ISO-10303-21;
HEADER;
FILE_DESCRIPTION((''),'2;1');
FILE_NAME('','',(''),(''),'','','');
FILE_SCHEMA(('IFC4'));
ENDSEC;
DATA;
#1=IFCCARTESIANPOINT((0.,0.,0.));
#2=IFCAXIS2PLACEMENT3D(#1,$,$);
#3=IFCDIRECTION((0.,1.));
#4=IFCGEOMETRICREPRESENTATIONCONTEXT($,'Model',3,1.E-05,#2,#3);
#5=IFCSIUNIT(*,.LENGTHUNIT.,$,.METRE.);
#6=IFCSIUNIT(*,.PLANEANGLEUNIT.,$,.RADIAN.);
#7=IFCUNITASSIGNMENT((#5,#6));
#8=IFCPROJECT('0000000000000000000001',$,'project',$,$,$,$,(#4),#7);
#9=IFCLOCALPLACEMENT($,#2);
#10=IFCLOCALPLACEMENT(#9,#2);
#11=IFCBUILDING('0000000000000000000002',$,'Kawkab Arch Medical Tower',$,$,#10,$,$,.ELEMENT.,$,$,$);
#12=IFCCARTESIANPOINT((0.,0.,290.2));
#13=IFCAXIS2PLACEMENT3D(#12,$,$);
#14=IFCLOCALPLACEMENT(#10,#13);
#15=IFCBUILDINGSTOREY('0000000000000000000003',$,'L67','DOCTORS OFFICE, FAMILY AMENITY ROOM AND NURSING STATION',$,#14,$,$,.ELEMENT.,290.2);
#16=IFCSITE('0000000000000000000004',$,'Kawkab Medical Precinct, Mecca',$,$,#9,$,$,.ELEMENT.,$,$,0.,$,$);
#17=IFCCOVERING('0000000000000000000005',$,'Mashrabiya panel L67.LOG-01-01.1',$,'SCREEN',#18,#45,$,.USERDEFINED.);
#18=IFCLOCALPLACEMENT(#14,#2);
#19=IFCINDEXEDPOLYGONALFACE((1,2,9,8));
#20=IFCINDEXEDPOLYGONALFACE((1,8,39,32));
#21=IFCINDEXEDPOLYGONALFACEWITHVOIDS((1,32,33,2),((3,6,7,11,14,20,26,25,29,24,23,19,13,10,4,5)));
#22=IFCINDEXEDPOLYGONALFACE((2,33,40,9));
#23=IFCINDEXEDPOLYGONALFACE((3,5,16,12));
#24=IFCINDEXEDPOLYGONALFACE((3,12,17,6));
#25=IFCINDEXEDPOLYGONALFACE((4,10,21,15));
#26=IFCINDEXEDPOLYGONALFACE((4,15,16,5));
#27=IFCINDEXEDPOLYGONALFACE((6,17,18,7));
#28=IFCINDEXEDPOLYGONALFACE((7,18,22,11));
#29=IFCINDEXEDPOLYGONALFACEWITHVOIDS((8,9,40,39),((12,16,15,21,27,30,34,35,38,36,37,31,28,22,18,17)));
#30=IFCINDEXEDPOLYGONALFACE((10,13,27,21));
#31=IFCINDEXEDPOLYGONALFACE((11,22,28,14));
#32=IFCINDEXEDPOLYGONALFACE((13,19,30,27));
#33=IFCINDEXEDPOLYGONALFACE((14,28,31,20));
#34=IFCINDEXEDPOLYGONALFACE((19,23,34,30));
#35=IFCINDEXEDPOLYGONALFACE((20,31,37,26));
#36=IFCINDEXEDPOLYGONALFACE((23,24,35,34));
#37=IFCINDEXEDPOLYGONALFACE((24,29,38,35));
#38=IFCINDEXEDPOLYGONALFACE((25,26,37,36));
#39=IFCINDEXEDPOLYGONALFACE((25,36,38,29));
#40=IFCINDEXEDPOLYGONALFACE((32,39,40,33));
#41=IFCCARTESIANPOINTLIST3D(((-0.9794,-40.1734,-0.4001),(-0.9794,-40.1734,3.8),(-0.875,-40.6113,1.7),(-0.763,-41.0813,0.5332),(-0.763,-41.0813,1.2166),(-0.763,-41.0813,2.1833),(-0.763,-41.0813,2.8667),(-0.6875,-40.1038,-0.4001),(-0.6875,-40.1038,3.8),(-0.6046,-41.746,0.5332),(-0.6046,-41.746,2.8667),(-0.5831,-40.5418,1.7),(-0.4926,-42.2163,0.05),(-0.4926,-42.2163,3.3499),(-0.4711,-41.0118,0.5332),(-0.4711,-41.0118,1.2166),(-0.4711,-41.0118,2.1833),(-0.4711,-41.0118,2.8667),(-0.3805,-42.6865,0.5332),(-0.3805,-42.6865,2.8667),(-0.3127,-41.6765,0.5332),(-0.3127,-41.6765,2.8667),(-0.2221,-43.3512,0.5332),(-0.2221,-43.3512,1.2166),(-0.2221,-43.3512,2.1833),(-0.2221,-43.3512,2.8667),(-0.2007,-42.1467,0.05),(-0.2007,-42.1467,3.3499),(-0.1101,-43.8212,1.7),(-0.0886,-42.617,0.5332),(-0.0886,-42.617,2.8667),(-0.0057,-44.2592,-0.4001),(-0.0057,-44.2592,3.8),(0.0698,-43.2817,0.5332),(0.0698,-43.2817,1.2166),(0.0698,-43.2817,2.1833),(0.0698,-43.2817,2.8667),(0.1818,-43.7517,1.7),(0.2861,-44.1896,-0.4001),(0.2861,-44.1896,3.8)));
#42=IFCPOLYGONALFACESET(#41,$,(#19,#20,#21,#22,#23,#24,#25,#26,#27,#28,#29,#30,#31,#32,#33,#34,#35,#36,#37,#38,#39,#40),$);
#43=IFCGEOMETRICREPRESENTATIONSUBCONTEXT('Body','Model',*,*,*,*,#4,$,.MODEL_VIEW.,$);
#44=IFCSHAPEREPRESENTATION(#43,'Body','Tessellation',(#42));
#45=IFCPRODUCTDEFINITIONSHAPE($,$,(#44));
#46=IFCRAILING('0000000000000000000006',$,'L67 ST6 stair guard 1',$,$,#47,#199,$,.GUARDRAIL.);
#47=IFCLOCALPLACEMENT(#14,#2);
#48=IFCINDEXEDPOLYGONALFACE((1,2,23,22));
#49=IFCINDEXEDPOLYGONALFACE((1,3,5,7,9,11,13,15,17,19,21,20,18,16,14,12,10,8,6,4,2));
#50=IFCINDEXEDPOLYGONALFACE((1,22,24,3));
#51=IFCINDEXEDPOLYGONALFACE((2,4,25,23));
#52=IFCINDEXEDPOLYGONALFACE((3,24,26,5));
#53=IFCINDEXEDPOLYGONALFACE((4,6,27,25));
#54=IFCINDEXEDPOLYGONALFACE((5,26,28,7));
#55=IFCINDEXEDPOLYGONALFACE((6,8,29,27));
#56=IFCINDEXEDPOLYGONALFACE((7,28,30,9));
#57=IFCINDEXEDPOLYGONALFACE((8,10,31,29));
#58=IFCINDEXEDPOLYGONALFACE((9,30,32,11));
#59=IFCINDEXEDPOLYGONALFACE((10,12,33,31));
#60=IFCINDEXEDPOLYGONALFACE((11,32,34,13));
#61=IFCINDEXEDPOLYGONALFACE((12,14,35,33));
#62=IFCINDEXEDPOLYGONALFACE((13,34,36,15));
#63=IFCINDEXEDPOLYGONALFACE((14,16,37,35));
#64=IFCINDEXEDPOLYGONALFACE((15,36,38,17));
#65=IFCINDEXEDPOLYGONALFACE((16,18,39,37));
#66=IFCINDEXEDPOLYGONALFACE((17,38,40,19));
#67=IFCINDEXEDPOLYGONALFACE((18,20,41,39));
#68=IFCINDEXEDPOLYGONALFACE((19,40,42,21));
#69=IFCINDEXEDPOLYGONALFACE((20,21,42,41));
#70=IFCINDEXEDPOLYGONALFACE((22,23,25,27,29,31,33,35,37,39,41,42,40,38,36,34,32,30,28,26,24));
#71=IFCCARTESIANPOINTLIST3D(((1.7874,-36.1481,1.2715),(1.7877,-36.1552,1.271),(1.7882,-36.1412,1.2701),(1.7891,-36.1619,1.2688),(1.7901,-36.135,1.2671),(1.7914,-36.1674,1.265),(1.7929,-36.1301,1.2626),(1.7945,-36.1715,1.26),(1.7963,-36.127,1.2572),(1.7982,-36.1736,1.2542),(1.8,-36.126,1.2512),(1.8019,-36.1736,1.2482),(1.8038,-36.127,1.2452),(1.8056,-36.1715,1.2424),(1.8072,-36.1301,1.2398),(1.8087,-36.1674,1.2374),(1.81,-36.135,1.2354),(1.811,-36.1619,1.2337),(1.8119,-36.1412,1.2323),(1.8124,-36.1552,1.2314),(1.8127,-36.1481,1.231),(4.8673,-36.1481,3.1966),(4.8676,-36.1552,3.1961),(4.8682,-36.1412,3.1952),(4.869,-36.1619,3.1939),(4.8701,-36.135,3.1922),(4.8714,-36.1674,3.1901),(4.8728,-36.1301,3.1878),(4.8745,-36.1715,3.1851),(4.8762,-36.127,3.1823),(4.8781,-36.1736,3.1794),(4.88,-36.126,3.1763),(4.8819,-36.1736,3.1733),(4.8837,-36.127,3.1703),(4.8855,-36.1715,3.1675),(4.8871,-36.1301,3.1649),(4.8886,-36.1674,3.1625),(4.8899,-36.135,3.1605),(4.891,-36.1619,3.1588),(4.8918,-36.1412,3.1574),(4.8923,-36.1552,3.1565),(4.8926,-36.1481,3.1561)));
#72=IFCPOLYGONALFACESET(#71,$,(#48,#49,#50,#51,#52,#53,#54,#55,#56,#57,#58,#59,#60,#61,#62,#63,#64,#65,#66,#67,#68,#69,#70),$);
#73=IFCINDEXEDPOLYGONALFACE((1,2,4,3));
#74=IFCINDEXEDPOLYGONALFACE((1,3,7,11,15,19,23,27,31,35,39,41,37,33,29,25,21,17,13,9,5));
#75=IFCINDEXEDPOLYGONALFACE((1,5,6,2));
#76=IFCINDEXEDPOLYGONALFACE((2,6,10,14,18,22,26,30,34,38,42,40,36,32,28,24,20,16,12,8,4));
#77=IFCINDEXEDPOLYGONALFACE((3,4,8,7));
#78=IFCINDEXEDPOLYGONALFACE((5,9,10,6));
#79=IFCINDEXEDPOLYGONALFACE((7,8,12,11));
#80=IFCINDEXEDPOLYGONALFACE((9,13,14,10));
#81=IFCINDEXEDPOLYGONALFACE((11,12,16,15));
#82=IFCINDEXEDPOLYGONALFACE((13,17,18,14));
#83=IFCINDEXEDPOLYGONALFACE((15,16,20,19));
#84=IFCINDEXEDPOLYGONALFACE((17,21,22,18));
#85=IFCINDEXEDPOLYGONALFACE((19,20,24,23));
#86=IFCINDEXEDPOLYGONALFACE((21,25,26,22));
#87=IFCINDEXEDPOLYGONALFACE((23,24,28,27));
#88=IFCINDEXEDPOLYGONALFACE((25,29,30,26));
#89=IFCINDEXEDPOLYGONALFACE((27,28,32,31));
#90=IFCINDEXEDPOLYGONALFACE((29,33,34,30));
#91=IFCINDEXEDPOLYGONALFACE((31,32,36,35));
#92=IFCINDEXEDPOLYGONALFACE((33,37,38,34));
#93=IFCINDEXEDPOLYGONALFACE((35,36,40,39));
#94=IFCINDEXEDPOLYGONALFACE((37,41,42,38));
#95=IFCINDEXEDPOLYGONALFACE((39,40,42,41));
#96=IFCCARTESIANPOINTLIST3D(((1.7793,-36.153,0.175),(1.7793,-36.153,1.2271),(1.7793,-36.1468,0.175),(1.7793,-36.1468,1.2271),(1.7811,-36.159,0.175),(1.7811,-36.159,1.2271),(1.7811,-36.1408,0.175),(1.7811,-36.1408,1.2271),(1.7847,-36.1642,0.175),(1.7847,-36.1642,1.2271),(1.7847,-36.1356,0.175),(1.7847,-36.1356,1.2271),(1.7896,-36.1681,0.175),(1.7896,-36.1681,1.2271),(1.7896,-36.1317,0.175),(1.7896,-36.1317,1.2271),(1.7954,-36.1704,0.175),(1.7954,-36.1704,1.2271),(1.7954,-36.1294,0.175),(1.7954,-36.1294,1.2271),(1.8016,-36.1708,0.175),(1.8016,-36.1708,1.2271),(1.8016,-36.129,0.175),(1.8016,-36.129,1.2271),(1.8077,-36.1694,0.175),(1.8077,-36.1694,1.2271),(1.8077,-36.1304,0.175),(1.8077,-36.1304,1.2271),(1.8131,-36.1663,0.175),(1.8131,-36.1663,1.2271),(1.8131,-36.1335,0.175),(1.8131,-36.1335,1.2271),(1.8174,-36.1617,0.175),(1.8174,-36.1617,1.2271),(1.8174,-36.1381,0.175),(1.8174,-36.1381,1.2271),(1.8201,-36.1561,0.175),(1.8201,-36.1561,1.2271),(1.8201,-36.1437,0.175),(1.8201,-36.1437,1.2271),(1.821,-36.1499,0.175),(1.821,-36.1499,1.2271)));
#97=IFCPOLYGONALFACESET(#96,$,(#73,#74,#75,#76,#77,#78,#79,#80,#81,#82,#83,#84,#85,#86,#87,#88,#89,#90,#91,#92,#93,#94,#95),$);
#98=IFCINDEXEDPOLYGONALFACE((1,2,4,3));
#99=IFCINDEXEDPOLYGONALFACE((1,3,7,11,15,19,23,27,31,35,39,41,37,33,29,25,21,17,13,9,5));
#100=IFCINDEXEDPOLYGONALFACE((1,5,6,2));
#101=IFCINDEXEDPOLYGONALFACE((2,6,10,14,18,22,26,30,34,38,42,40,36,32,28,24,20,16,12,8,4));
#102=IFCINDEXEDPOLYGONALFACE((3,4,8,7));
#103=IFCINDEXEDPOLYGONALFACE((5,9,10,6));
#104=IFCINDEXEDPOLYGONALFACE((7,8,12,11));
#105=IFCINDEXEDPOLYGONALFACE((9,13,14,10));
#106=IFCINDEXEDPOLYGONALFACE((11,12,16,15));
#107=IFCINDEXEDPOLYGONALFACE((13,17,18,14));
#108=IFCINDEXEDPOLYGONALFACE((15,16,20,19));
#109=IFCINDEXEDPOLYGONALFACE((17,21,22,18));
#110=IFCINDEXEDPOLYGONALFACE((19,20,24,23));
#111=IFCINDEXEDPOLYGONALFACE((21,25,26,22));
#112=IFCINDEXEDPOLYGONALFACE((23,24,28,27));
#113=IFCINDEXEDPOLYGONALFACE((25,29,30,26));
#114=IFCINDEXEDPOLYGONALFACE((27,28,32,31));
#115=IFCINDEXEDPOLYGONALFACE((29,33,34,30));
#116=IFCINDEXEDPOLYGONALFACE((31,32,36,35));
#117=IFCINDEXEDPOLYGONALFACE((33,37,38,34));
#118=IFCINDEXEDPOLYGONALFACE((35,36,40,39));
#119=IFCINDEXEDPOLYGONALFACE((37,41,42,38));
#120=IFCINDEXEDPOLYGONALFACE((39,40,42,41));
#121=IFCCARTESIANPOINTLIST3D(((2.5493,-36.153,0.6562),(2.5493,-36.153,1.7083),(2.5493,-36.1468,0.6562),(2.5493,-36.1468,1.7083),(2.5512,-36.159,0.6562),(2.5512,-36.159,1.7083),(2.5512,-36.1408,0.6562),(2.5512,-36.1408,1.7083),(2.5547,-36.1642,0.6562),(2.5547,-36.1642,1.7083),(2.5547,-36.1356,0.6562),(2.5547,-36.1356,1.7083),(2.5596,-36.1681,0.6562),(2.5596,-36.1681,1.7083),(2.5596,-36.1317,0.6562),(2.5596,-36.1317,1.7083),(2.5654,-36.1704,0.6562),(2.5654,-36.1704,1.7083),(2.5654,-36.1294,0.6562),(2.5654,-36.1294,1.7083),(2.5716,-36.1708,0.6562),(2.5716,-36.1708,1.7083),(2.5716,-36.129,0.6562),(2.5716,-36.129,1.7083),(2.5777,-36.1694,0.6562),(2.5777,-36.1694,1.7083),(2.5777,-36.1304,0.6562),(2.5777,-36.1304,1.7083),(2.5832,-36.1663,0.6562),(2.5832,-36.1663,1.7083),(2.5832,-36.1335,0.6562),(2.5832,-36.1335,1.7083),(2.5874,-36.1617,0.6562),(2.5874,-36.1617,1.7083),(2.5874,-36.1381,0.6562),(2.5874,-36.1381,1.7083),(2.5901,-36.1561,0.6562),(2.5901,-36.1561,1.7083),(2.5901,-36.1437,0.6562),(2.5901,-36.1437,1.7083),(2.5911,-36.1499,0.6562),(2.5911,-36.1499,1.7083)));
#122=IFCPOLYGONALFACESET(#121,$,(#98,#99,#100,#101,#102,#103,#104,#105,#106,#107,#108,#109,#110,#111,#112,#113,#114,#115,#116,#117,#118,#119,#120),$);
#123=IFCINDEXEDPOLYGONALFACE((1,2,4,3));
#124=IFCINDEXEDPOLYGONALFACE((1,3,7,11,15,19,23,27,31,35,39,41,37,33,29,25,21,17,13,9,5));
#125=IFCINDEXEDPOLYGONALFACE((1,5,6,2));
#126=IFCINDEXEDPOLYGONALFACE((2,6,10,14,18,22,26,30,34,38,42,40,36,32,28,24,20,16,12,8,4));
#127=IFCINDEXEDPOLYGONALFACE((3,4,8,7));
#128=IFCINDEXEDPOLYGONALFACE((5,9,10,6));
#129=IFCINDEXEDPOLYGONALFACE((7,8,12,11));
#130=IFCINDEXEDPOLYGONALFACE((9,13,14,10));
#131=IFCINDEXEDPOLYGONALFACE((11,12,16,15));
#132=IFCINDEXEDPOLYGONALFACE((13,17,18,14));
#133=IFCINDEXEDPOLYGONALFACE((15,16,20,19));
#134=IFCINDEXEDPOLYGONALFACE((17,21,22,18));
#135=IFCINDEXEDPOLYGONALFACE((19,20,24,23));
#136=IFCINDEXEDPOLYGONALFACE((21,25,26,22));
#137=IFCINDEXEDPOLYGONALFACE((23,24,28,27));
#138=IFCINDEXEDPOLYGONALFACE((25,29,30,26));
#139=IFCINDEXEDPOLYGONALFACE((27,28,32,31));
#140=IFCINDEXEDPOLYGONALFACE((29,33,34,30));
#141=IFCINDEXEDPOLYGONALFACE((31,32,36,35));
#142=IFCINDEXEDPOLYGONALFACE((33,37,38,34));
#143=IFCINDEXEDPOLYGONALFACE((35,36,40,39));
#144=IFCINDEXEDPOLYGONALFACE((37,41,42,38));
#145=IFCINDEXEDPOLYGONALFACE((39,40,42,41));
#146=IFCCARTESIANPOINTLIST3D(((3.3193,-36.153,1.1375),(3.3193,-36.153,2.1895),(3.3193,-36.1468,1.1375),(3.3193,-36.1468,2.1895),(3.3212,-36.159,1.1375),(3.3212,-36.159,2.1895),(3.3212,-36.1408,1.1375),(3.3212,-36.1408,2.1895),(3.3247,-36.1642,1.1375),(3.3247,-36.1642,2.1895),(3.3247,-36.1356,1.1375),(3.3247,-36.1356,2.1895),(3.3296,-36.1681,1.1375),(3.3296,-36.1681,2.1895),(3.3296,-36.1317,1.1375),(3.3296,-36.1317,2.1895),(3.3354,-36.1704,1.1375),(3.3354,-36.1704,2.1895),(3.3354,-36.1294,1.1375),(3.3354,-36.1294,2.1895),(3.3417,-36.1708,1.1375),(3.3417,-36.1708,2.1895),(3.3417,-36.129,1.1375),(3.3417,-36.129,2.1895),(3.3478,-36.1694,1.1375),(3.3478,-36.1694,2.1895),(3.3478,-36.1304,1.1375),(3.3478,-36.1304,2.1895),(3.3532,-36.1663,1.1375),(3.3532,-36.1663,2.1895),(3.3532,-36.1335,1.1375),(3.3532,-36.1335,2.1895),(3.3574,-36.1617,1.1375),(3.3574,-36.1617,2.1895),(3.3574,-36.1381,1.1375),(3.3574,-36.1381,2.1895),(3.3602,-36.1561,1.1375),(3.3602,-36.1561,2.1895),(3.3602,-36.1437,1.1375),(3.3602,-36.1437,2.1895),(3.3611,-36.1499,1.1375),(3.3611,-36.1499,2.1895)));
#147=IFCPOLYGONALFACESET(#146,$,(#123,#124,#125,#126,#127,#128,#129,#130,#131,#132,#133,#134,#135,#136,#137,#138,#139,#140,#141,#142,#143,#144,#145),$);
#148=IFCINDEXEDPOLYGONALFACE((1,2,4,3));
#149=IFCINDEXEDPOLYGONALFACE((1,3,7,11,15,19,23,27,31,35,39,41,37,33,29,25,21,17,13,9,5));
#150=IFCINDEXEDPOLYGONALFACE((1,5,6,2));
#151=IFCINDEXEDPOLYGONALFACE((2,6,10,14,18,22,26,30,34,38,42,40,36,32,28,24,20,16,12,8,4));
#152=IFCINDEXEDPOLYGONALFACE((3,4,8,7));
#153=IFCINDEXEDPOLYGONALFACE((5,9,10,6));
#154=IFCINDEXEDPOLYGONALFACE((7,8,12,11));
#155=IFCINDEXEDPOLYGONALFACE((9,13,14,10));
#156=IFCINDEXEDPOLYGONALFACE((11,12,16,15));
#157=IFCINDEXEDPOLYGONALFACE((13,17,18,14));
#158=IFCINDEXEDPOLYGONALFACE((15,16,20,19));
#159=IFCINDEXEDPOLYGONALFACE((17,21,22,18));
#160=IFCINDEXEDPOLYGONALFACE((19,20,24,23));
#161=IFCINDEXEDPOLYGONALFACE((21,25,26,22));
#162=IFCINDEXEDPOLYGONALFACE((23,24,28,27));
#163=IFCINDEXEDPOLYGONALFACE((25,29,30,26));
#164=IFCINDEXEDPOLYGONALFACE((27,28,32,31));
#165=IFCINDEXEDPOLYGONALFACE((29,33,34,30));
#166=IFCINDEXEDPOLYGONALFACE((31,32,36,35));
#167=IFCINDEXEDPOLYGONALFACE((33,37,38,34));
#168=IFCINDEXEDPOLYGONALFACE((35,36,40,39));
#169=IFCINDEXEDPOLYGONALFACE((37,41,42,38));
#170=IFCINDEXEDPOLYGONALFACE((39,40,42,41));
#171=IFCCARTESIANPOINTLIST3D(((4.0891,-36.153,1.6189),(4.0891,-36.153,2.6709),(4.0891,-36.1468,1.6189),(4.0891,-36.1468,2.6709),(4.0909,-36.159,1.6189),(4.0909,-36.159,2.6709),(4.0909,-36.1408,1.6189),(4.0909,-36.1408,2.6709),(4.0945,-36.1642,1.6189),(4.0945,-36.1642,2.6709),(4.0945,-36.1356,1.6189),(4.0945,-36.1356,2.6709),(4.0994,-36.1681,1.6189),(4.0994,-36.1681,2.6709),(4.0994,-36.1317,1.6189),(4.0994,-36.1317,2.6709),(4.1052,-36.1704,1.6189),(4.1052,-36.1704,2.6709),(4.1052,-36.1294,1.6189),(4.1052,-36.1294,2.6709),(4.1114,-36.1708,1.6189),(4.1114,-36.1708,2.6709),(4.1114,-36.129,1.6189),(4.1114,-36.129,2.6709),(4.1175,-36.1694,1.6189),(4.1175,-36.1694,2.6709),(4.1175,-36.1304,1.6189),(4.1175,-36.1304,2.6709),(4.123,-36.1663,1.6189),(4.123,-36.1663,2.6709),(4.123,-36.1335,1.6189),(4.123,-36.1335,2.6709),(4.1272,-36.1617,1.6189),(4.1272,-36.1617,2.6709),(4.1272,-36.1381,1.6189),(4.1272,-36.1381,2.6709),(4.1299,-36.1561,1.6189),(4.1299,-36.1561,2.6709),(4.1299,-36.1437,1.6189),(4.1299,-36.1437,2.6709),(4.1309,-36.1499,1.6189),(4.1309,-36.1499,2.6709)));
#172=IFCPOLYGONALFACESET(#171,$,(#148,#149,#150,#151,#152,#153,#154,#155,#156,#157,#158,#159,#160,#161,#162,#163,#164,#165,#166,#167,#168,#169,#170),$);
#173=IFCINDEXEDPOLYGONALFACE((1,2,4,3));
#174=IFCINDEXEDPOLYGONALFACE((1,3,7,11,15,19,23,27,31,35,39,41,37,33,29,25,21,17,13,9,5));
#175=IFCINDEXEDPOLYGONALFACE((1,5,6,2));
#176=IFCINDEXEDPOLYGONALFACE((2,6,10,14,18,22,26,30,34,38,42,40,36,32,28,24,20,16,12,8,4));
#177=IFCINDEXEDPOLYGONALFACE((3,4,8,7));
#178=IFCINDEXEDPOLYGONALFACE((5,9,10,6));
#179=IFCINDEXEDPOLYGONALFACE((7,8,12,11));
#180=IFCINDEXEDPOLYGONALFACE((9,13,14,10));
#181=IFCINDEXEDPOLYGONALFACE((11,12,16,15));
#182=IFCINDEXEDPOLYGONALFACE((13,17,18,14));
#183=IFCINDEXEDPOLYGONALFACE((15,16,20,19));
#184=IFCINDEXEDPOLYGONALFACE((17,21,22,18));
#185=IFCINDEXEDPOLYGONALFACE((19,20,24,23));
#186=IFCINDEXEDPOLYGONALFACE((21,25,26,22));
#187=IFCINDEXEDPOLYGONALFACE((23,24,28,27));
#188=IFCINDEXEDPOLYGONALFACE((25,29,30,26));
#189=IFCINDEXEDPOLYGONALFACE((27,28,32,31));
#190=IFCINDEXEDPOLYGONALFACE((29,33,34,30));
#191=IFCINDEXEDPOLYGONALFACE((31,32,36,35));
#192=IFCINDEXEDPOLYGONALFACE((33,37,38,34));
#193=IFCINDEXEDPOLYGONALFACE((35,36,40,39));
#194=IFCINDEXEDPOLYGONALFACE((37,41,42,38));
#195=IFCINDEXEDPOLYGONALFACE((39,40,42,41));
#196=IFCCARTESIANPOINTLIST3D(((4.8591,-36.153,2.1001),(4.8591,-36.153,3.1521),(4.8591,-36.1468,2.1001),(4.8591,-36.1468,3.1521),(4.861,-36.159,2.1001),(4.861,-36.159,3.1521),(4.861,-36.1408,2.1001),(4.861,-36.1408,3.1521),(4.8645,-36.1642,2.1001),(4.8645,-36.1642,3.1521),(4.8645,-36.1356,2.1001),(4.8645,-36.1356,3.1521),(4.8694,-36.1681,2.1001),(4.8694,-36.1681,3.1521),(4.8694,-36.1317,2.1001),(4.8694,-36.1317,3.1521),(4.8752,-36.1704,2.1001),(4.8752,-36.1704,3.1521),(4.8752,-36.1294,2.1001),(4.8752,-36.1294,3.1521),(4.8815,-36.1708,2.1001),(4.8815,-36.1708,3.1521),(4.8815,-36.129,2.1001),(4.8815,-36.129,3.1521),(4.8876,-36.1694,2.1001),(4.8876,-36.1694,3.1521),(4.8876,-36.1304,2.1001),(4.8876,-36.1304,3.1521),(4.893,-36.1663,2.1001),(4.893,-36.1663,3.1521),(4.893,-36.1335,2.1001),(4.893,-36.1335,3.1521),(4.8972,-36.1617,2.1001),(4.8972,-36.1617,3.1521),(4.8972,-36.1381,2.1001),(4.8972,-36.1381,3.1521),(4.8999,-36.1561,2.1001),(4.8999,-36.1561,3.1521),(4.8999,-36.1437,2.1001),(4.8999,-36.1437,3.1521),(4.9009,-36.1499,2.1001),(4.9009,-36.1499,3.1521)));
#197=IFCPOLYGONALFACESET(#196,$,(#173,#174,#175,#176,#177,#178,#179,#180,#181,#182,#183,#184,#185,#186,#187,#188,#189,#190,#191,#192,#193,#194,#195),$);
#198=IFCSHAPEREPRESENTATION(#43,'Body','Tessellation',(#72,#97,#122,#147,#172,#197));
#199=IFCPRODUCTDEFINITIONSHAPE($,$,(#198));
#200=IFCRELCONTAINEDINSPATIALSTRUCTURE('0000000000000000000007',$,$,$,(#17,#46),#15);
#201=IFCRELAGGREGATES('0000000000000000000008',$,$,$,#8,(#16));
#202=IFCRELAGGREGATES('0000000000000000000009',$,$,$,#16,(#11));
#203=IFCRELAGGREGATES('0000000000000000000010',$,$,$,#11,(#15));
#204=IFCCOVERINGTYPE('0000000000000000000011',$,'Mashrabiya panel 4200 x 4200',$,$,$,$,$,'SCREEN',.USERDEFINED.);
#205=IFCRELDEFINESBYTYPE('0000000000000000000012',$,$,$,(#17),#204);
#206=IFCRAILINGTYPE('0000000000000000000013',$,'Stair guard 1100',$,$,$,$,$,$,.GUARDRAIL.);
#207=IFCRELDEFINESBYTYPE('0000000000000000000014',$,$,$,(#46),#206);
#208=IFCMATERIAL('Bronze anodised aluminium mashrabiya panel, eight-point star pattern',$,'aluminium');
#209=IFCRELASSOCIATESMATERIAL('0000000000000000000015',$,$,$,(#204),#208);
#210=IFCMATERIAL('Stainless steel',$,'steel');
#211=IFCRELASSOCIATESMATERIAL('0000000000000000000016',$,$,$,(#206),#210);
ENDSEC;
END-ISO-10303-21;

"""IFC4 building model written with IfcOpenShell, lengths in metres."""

from ifc_helpers import new_model, si_unit, direction, frame, origin, origin_2d, place, context, subcontext, project, spatial, polyline, circle, outline, extrude, material, material_profile, profile_set, type_object, element, save


model = new_model("IFC4")

# Units and contexts
model_context = context("Model", 3, precision=1e-05, world=origin(), true_north=direction((0.0, 1.0)))
body_context = subcontext(model_context, "Body", "Model", "MODEL_VIEW")
ifc_project = project(units=[si_unit("LENGTHUNIT", "METRE"), si_unit("PLANEANGLEUNIT", "RADIAN")], contexts=[model_context])

# Site, building, storey
site_placement = place(None, origin())
site = spatial("IfcSite", under=ifc_project, at=site_placement, Name="Kawkab Medical Precinct, Mecca", CompositionType="ELEMENT", RefElevation=0.0)
building_placement = place(site_placement, origin())
building = spatial("IfcBuilding", under=site, at=building_placement, Name="Kawkab Arch Medical Tower", CompositionType="ELEMENT")
storey_placement = place(building_placement, frame((0.0, 0.0, 290.2)))
storey = spatial("IfcBuildingStorey", under=building, at=storey_placement, Name="L67", Description="DOCTORS OFFICE, FAMILY AMENITY ROOM AND NURSING STATION", CompositionType="ELEMENT", Elevation=290.2)

# Covering
ifc_material_1 = material(Name="Bronze anodised aluminium mashrabiya panel, eight-point star pattern", Category="aluminium")
ifc_material_profile_1 = material_profile(ifc_material_1, outline(polyline([(-2.1001, -2.1001), (2.1001, -2.1001), (2.1001, 2.1001), (-2.1001, 2.1001), (-2.1001, -2.1001)]), holes=[polyline([(1.6499, 0.0), (1.1667, 0.4834), (1.1667, 1.1667), (0.4834, 1.1667), (0.0, 1.6499), (-0.4834, 1.1667), (-1.1667, 1.1667), (-1.1667, 0.4834), (-1.6499, 0.0), (-1.1667, -0.4834), (-1.1667, -1.1667), (-0.4834, -1.1667), (0.0, -1.6499), (0.4834, -1.1667), (1.1667, -1.1667), (1.1667, -0.4834), (1.6499, 0.0)])]), Name="Mashrabiya panel 4200x4200")
ifc_profile_set_1 = profile_set([ifc_material_profile_1], Name="Bronze anodised aluminium mashrabiya panel, eight-point star pattern")
covering_type = type_object("IfcCoveringType", Name="Mashrabiya panel 4200 x 4200", ElementType="SCREEN", PredefinedType="USERDEFINED", material=ifc_profile_set_1)
covering_placement = place(storey_placement, frame((-0.2007, -42.1467, 1.7), z_axis=(-0.972763, -0.231804, 0.0), x_axis=(0.231804, -0.972763, 0.0)))
element("IfcCovering", 1, at=covering_placement, inside=storey, type_object=covering_type, Name="Mashrabiya panel L67.LOG-01-01.1", ObjectType="SCREEN", PredefinedType="USERDEFINED", context=body_context, shape_type="SweptSolid", body=[
    extrude(outline(polyline([(-2.1001, -2.1001), (2.1001, -2.1001), (2.1001, 2.1001), (-2.1001, 2.1001), (-2.1001, -2.1001)]), holes=[polyline([(1.6499, 0.0), (1.1667, 0.4834), (1.1667, 1.1667), (0.4834, 1.1667), (0.0, 1.6499), (-0.4834, 1.1667), (-1.1667, 1.1667), (-1.1667, 0.4834), (-1.6499, 0.0), (-1.1667, -0.4834), (-1.1667, -1.1667), (-0.4834, -1.1667), (0.0, -1.6499), (0.4834, -1.1667), (1.1667, -1.1667), (1.1667, -0.4834), (1.6499, 0.0)])]), origin(), (0.0, 0.0, 1.0), 0.3),
])

# Railing
ifc_material_2 = material(Name="Stainless steel", Category="steel")
railing_type_1 = type_object("IfcRailingType", Name="Stair guard 1100", PredefinedType="GUARDRAIL", material=ifc_material_2)
railing_1_placement = place(storey_placement, frame((1.8, -36.1499, 0.175)))
element("IfcRailing", 2, at=railing_1_placement, inside=storey, type_object=railing_type_1, Name="L67 ST6 stair guard 1", PredefinedType="GUARDRAIL", context=body_context, shape_type="SweptSolid", body=[
    extrude(circle(Radius=0.0239, at=origin_2d()), frame((0.0, 0.0, 1.0762), z_axis=(0.847979, 0.0, 0.530029), x_axis=(0.0, 1.0, 0.0)), (0.0, 0.0, 1.0), 3.6321),
    extrude(circle(Radius=0.021, at=origin_2d()), origin(), (0.0, 0.0, 1.0), 1.052),
    extrude(circle(Radius=0.021, at=origin_2d()), frame((0.77, 0.0, 0.4812)), (0.0, 0.0, 1.0), 1.052),
    extrude(circle(Radius=0.021, at=origin_2d()), frame((1.54, 0.0, 0.9624)), (0.0, 0.0, 1.0), 1.052),
    extrude(circle(Radius=0.021, at=origin_2d()), frame((2.3098, 0.0, 1.4438)), (0.0, 0.0, 1.0), 1.052),
    extrude(circle(Radius=0.021, at=origin_2d()), frame((3.0798, 0.0, 1.925)), (0.0, 0.0, 1.0), 1.052),
])

save(model, "model.ifc")
